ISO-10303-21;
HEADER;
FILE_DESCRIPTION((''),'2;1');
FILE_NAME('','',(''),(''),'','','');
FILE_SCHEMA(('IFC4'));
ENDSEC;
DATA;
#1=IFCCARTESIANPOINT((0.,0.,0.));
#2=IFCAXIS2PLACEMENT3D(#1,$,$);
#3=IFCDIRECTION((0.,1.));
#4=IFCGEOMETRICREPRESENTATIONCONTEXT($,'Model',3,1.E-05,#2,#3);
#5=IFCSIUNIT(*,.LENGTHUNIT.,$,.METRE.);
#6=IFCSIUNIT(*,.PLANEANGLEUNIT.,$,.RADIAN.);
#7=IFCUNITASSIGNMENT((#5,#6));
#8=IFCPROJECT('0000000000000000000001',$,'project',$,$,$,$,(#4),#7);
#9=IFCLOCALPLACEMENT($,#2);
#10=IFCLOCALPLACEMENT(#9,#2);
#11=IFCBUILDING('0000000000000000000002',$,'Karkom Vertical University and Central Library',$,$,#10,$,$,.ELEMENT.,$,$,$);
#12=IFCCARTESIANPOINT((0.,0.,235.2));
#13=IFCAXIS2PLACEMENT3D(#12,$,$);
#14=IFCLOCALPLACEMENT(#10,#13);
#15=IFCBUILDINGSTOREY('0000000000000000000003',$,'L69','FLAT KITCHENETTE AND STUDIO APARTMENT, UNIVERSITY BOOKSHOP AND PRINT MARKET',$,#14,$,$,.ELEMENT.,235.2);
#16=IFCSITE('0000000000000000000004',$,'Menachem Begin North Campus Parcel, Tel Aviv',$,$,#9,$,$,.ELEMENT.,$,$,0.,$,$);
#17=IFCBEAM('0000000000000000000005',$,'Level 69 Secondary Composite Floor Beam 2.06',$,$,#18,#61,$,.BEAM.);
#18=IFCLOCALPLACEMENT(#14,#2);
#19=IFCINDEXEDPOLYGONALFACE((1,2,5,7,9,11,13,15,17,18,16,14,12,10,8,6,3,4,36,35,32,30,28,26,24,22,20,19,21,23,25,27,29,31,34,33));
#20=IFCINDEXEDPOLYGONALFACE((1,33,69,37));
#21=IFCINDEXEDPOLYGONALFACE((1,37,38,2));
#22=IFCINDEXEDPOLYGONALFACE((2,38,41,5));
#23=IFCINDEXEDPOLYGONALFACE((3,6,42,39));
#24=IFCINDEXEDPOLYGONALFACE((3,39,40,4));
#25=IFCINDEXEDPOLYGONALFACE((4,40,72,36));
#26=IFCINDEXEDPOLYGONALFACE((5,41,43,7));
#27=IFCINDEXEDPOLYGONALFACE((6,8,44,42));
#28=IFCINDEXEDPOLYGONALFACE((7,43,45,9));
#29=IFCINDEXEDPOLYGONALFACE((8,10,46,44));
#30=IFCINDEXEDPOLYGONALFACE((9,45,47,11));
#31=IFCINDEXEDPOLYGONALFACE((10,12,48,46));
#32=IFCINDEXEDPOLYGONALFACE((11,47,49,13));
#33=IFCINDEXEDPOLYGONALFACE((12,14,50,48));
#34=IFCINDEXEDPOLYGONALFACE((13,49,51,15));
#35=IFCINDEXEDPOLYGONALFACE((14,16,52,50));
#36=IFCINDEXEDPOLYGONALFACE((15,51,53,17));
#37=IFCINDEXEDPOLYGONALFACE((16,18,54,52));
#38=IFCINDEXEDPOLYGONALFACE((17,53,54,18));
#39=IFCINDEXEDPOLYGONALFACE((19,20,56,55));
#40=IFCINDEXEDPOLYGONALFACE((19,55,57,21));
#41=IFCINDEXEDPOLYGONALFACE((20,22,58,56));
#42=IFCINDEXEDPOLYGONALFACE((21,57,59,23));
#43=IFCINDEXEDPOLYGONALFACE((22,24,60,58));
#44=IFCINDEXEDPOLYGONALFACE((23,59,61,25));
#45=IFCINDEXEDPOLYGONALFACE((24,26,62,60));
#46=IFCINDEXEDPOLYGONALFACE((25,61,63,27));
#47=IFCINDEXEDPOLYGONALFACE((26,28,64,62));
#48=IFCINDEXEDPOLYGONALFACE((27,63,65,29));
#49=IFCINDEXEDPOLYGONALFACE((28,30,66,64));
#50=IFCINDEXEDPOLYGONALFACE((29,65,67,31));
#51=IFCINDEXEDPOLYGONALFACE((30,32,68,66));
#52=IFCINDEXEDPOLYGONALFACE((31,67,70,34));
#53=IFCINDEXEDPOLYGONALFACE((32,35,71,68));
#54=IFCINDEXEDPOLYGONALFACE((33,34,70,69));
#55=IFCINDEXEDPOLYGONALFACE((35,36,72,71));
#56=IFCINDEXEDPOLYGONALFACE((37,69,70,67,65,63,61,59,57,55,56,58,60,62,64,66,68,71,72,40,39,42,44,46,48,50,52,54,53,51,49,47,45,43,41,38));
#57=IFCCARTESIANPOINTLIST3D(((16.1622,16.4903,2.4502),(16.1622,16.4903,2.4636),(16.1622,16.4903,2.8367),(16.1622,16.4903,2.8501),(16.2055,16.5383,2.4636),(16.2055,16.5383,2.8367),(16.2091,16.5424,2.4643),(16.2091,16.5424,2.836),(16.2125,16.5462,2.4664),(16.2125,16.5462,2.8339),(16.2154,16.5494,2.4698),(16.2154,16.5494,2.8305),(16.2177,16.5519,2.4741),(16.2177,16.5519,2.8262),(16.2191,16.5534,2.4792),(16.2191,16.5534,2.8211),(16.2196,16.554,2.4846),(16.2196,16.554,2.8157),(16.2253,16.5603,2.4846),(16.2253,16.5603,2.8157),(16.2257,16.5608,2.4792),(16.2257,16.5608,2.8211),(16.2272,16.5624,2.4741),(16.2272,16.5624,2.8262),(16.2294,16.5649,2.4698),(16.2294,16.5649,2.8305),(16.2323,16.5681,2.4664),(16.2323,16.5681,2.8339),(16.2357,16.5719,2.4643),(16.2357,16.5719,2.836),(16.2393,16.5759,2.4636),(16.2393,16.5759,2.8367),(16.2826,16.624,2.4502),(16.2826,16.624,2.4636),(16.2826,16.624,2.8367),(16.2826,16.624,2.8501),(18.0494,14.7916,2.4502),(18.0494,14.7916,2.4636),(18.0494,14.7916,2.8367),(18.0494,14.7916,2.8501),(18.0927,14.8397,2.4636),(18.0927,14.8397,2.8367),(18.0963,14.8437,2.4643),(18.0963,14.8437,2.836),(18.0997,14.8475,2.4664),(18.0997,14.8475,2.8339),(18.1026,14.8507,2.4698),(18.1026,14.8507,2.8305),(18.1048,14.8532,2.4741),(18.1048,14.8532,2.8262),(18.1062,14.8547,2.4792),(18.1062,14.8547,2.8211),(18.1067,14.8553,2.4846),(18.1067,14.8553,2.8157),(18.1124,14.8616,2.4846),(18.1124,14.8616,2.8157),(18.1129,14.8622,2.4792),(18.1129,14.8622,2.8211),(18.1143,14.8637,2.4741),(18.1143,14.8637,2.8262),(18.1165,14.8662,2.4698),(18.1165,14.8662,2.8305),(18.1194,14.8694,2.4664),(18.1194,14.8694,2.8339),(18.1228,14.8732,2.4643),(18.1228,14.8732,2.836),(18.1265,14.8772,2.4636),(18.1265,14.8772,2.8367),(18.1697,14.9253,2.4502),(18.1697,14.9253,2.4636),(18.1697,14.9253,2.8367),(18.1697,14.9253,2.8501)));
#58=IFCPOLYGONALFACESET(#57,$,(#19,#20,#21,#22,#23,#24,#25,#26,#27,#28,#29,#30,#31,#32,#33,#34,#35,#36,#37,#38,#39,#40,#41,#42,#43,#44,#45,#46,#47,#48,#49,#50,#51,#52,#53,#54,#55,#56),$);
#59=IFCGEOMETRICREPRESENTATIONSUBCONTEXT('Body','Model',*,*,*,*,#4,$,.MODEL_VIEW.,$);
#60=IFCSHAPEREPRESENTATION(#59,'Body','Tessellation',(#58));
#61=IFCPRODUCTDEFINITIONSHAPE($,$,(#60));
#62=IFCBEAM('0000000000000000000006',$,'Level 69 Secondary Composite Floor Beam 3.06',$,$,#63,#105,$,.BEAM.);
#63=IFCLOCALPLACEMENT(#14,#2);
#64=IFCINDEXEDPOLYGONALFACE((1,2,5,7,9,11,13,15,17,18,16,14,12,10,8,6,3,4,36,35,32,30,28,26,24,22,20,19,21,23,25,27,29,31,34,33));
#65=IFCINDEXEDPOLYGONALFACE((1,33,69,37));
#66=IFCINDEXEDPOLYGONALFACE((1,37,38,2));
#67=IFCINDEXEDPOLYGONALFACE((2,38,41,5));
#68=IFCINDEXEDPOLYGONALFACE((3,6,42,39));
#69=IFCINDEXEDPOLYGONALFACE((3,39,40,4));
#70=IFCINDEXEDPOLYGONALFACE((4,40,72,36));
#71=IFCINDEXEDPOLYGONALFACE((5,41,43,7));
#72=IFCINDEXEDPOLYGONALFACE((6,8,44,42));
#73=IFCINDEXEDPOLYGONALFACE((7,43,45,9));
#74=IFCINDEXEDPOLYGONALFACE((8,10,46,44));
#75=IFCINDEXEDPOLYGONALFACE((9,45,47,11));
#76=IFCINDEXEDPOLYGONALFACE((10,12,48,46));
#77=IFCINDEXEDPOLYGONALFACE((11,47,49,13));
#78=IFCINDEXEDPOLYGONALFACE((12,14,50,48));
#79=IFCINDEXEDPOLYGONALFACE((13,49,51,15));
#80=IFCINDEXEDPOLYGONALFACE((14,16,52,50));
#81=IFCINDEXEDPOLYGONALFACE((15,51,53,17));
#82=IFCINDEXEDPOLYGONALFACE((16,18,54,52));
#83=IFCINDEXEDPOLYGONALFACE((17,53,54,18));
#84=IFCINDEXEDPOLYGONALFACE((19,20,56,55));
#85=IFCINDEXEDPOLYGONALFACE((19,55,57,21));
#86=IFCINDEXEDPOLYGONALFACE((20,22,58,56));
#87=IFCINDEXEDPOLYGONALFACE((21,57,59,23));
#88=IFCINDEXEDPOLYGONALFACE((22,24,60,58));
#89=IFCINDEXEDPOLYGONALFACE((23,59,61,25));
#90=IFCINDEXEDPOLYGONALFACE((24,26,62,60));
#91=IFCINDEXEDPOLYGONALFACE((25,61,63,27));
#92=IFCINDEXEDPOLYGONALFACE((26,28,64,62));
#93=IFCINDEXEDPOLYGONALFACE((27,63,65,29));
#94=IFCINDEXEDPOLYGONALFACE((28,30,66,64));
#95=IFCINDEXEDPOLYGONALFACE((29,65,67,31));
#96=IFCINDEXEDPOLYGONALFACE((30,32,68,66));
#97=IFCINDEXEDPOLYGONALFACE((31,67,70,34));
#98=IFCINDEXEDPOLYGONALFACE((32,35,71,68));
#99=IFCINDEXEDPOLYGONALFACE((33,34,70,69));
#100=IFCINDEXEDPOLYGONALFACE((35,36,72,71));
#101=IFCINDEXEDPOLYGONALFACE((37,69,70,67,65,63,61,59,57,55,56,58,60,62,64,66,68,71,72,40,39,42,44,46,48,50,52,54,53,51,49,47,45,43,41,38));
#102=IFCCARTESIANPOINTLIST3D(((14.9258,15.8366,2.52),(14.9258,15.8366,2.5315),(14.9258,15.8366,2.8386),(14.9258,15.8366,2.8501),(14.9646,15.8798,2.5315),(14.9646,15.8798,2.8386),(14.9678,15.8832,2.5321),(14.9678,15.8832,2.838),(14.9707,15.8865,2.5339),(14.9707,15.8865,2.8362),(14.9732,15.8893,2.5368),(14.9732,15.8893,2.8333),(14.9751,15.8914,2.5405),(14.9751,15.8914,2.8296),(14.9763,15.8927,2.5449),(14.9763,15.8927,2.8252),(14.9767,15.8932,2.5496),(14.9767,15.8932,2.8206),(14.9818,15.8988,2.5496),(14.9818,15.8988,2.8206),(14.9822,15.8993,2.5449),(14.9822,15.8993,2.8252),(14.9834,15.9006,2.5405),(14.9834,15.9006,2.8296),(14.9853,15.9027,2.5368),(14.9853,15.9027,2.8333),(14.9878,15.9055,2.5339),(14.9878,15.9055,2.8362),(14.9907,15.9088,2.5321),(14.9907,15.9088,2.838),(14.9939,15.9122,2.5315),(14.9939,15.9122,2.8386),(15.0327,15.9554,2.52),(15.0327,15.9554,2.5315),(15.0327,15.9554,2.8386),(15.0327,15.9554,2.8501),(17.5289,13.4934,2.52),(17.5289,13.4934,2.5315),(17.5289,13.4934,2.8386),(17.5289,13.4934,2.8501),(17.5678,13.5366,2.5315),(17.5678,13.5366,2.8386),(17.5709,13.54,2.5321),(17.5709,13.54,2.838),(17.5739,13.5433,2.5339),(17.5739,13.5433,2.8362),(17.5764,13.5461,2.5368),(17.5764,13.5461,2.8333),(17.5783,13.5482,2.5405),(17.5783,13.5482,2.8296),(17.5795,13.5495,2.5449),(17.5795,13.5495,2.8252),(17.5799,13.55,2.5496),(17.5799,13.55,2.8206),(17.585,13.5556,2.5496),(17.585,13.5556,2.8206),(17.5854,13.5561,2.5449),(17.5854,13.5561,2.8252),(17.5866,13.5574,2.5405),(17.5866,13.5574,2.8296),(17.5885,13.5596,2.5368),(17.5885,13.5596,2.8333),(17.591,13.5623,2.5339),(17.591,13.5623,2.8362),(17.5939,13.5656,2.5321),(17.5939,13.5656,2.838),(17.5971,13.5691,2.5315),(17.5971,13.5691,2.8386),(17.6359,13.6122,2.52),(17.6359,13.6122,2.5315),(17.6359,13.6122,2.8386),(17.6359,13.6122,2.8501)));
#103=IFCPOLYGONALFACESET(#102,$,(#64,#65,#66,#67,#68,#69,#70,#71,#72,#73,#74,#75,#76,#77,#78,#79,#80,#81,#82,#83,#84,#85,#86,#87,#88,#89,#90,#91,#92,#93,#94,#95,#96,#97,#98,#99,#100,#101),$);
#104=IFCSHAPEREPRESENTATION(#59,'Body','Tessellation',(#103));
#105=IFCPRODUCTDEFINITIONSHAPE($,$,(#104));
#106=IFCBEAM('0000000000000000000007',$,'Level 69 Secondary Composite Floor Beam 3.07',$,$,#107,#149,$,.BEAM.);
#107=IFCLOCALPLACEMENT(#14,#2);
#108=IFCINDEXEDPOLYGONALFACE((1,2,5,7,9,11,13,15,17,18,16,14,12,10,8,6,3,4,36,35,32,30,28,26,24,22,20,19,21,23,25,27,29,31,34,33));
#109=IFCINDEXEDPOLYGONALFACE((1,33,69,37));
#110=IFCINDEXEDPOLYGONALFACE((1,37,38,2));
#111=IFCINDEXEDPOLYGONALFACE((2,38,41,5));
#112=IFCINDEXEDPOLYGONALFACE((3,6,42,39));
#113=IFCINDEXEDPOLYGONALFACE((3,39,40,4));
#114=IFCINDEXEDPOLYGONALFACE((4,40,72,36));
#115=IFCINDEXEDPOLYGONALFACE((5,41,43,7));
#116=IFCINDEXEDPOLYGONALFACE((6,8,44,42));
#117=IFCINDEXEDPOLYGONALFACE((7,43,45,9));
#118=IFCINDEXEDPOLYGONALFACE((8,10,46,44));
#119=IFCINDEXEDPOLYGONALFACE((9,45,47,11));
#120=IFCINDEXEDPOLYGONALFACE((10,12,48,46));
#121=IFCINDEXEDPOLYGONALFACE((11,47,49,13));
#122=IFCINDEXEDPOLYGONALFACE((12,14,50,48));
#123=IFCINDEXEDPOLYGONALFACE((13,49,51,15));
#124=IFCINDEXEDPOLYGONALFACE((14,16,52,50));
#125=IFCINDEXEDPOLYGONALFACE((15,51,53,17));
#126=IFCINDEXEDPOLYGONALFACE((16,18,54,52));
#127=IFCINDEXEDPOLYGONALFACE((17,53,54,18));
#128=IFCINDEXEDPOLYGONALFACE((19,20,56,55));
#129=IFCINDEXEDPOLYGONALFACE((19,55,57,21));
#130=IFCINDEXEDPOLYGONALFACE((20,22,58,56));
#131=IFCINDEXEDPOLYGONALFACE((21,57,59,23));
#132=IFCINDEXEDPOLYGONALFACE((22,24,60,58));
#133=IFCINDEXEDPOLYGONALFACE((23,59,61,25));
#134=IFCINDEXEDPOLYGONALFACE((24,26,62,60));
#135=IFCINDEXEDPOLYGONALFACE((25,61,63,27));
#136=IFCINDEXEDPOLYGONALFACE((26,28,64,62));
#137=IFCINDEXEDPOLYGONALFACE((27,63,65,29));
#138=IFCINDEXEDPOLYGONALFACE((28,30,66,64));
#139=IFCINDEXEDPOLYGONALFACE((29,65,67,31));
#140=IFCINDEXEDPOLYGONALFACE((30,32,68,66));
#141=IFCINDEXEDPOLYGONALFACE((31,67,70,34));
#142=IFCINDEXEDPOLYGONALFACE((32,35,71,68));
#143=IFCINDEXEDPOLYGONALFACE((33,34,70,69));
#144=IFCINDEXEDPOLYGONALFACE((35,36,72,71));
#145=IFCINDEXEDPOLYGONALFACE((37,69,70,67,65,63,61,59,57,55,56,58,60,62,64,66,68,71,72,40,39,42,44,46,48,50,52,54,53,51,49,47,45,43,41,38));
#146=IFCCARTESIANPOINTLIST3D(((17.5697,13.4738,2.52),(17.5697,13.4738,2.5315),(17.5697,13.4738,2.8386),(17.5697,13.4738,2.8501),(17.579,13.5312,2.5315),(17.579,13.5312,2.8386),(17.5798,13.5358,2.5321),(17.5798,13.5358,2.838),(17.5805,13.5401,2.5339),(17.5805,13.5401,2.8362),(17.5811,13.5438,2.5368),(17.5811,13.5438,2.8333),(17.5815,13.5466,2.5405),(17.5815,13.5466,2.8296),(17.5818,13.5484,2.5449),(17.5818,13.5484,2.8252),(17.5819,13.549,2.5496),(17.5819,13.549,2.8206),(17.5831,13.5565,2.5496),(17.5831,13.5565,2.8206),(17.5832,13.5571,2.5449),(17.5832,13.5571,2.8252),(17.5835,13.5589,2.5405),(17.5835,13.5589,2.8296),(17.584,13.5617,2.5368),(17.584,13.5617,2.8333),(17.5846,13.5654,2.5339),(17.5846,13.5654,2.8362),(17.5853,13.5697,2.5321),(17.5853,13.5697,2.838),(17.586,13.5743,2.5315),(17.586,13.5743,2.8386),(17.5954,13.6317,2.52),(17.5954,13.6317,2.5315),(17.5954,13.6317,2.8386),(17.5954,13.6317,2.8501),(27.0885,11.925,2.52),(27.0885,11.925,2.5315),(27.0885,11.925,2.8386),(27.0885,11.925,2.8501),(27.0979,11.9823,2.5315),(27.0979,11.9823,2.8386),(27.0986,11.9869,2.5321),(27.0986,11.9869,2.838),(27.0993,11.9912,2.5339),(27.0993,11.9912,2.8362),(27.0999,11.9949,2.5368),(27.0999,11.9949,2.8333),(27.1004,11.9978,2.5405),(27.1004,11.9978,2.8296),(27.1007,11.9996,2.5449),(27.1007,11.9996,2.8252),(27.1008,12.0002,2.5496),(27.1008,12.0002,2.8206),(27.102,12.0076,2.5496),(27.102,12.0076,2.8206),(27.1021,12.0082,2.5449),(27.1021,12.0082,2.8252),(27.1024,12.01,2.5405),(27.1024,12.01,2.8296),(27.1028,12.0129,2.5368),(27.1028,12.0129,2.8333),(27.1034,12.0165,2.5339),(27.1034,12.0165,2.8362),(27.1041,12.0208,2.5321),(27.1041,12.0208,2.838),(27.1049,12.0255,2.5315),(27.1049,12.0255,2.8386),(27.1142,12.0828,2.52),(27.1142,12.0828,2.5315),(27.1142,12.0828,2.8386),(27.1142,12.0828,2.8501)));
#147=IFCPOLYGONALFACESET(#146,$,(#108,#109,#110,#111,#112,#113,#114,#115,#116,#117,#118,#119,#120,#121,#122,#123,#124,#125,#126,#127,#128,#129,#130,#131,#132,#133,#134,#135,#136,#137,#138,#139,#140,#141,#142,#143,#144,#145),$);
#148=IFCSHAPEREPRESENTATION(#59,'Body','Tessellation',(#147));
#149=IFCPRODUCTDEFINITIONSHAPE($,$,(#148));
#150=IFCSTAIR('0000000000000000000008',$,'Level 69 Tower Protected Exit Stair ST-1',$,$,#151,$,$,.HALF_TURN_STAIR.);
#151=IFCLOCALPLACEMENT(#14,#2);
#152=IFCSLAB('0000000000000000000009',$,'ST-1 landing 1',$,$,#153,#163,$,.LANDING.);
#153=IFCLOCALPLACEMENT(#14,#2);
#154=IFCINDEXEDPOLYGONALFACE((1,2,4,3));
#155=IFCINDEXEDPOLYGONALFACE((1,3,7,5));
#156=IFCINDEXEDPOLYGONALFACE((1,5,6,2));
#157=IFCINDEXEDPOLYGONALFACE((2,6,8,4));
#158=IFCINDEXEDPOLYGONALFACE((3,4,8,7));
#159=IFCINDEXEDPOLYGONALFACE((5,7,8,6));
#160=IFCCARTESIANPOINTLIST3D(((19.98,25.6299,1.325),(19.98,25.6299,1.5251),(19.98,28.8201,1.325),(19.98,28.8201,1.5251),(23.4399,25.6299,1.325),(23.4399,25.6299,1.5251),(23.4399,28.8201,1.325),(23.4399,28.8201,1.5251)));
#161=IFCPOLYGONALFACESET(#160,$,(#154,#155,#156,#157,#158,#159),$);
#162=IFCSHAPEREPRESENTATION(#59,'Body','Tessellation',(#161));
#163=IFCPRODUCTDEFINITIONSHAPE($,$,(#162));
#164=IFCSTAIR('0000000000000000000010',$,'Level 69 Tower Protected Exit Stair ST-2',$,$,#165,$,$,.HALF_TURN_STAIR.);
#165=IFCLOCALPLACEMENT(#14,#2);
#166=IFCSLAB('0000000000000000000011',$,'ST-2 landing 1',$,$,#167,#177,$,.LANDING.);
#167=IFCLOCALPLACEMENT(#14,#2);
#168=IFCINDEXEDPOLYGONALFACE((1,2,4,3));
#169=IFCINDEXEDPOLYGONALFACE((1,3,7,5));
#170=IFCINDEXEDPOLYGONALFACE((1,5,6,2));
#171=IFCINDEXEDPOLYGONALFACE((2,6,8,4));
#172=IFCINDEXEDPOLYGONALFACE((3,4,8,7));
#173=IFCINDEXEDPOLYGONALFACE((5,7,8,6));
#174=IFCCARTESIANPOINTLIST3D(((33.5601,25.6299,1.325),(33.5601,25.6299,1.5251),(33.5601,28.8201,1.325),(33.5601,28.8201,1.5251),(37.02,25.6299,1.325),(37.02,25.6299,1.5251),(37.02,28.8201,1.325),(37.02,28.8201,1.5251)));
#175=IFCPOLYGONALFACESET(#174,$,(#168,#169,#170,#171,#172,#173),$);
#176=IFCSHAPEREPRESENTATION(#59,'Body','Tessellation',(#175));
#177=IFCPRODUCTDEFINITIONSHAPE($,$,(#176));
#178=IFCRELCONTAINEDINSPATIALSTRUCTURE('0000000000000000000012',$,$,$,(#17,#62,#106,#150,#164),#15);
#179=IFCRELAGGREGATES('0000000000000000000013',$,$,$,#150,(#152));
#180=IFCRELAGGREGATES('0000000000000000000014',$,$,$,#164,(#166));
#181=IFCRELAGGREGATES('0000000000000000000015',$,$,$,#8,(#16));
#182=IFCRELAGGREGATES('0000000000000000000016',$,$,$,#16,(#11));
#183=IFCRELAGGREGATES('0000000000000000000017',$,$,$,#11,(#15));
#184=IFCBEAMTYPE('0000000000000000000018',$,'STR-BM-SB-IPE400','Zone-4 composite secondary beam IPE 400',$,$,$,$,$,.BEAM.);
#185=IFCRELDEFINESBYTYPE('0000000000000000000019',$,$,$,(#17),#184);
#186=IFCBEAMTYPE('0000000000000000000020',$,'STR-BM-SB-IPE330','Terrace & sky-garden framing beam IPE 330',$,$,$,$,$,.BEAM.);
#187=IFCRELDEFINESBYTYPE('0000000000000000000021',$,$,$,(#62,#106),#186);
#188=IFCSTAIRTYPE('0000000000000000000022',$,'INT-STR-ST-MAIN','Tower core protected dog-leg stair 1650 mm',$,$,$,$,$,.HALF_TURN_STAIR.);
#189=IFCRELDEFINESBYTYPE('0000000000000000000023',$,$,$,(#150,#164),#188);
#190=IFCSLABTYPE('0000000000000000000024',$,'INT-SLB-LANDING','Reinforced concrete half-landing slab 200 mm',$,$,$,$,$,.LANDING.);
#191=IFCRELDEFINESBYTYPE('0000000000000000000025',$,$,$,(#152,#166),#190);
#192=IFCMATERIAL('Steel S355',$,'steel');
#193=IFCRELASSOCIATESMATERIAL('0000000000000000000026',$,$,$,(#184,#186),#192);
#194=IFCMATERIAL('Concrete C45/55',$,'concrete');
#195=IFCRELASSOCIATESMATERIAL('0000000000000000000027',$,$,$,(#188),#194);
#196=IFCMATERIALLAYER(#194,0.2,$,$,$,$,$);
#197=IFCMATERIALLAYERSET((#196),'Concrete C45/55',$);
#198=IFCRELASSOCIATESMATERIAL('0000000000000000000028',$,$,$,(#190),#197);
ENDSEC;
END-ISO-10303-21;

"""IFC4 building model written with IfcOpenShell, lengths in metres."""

from ifc_helpers import new_model, si_unit, direction, frame, origin, origin_with_axes, origin_2d, place, context, subcontext, project, spatial, polyline, i_section, outline, extrude, source, transform, mapped, material, layer, layer_set, material_profile, profile_set, type_object, element, aggregate, save


model = new_model("IFC4")

# Units and contexts
model_context = context("Model", 3, precision=1e-05, world=origin(), true_north=direction((0.0, 1.0)))
body_context = subcontext(model_context, "Body", "Model", "MODEL_VIEW")
ifc_project = project(units=[si_unit("LENGTHUNIT", "METRE"), si_unit("PLANEANGLEUNIT", "RADIAN")], contexts=[model_context])

# Site, building, storey
site_placement = place(None, origin())
site = spatial("IfcSite", under=ifc_project, at=site_placement, Name="Menachem Begin North Campus Parcel, Tel Aviv", CompositionType="ELEMENT", RefElevation=0.0)
building_placement = place(site_placement, origin())
building = spatial("IfcBuilding", under=site, at=building_placement, Name="Karkom Vertical University and Central Library", CompositionType="ELEMENT")
storey_placement = place(building_placement, frame((0.0, 0.0, 235.2)))
storey = spatial("IfcBuildingStorey", under=building, at=storey_placement, Name="L69", Description="FLAT KITCHENETTE AND STUDIO APARTMENT, UNIVERSITY BOOKSHOP AND PRINT MARKET", CompositionType="ELEMENT", Elevation=235.2)

# Shared definitions
ifc_material_1 = material(Name="Concrete C45/55", Category="concrete")

# Beams
ifc_material_2 = material(Name="Steel S355", Category="steel")
ifc_material_profile_1 = material_profile(ifc_material_2, i_section(OverallWidth=0.1799, OverallDepth=0.3999, WebThickness=0.0085, FlangeThickness=0.0134, FilletRadius=0.021, at=origin_2d()), Name="IPE 400")
ifc_profile_set_1 = profile_set([ifc_material_profile_1], Name="Steel S355")
beam_type_1 = type_object("IfcBeamType", Name="STR-BM-SB-IPE400", Description="Zone-4 composite secondary beam IPE 400", PredefinedType="BEAM", material=ifc_profile_set_1)
shared_shape_1 = source(origin_with_axes(), body_context, "Body", "SweptSolid", [
    extrude(i_section(OverallWidth=0.1799, OverallDepth=0.3999, WebThickness=0.0085, FlangeThickness=0.0134, FilletRadius=0.021, at=origin_2d()), origin(), (0.0, 0.0, 1.0), 2.5391),
])
beam_1_placement = place(storey_placement, frame((16.2224, 16.5571, 2.6501), z_axis=(0.743246, -0.669018, 0.0), x_axis=(0.669018, 0.743246, 0.0)))
element("IfcBeam", 1, at=beam_1_placement, inside=storey, type_object=beam_type_1, Name="Level 69 Secondary Composite Floor Beam 2.06", PredefinedType="BEAM", context=body_context, shape_type="MappedRepresentation", body=[
    mapped(shared_shape_1, transform((0.0, 0.0, 0.0), scale=1.0)),
])
ifc_material_profile_2 = material_profile(ifc_material_2, i_section(OverallWidth=0.1599, OverallDepth=0.3301, WebThickness=0.0076, FlangeThickness=0.0115, FilletRadius=0.0181, at=origin_2d()), Name="IPE 330")
ifc_profile_set_2 = profile_set([ifc_material_profile_2], Name="Steel S355")
beam_type_2 = type_object("IfcBeamType", Name="STR-BM-SB-IPE330", Description="Terrace & sky-garden framing beam IPE 330", PredefinedType="BEAM", material=ifc_profile_set_2)
shared_shape_2 = source(origin_with_axes(), body_context, "Body", "SweptSolid", [
    extrude(i_section(OverallWidth=0.1599, OverallDepth=0.3301, WebThickness=0.0076, FlangeThickness=0.0115, FilletRadius=0.0181, at=origin_2d()), origin(), (0.0, 0.0, 1.0), 3.5024),
])
beam_2_placement = place(storey_placement, frame((14.9792, 15.896, 2.6851), z_axis=(0.743249, -0.669015, 0.0), x_axis=(0.669015, 0.743249, 0.0)))
element("IfcBeam", 2, at=beam_2_placement, inside=storey, type_object=beam_type_2, Name="Level 69 Secondary Composite Floor Beam 3.06", PredefinedType="BEAM", context=body_context, shape_type="MappedRepresentation", body=[
    mapped(shared_shape_2, transform((0.0, 0.0, 0.0), scale=1.0)),
])
shared_shape_3 = source(origin_with_axes(), body_context, "Body", "SweptSolid", [
    extrude(i_section(OverallWidth=0.1599, OverallDepth=0.3301, WebThickness=0.0076, FlangeThickness=0.0115, FilletRadius=0.0181, at=origin_2d()), origin(), (0.0, 0.0, 1.0), 9.644),
])
beam_3_placement = place(storey_placement, frame((17.5825, 13.5527, 2.6851), z_axis=(0.987019, -0.1606, 0.0), x_axis=(0.1606, 0.987019, 0.0)))
element("IfcBeam", 3, at=beam_3_placement, inside=storey, type_object=beam_type_2, Name="Level 69 Secondary Composite Floor Beam 3.07", PredefinedType="BEAM", context=body_context, shape_type="MappedRepresentation", body=[
    mapped(shared_shape_3, transform((0.0, 0.0, 0.0), scale=1.0)),
])

# Stairs, slabs
stair_type = type_object("IfcStairType", Name="INT-STR-ST-MAIN", Description="Tower core protected dog-leg stair 1650 mm", PredefinedType="HALF_TURN_STAIR", material=ifc_material_1)
stair_1_placement = place(storey_placement, origin())
stair_1 = element("IfcStair", 4, at=stair_1_placement, inside=storey, type_object=stair_type, Name="Level 69 Tower Protected Exit Stair ST-1", PredefinedType="HALF_TURN_STAIR")
ifc_layer_1 = layer(ifc_material_1, 0.2)
ifc_layer_set_1 = layer_set([ifc_layer_1], Name="Concrete C45/55")
slab_type_1 = type_object("IfcSlabType", Name="INT-SLB-LANDING", Description="Reinforced concrete half-landing slab 200 mm", PredefinedType="LANDING", material=ifc_layer_set_1)
slab_1_placement = place(storey_placement, frame((0.0, 0.0, 1.325)))
slab_1 = element("IfcSlab", 5, at=slab_1_placement, type_object=slab_type_1, Name="ST-1 landing 1", PredefinedType="LANDING", context=body_context, shape_type="SweptSolid", body=[
    extrude(outline(polyline([(23.4399, 25.6299), (23.4399, 28.8201), (19.98, 28.8201), (19.98, 25.6299), (23.4399, 25.6299)])), origin(), (0.0, 0.0, 1.0), 0.2002),
])
aggregate(stair_1, [slab_1])
stair_2_placement = place(storey_placement, origin())
stair_2 = element("IfcStair", 6, at=stair_2_placement, inside=storey, type_object=stair_type, Name="Level 69 Tower Protected Exit Stair ST-2", PredefinedType="HALF_TURN_STAIR")
slab_2_placement = place(storey_placement, frame((0.0, 0.0, 1.325)))
slab_2 = element("IfcSlab", 7, at=slab_2_placement, type_object=slab_type_1, Name="ST-2 landing 1", PredefinedType="LANDING", context=body_context, shape_type="SweptSolid", body=[
    extrude(outline(polyline([(37.02, 25.6299), (37.02, 28.8201), (33.5601, 28.8201), (33.5601, 25.6299), (37.02, 25.6299)])), origin(), (0.0, 0.0, 1.0), 0.2002),
])
aggregate(stair_2, [slab_2])

save(model, "model.ifc")
